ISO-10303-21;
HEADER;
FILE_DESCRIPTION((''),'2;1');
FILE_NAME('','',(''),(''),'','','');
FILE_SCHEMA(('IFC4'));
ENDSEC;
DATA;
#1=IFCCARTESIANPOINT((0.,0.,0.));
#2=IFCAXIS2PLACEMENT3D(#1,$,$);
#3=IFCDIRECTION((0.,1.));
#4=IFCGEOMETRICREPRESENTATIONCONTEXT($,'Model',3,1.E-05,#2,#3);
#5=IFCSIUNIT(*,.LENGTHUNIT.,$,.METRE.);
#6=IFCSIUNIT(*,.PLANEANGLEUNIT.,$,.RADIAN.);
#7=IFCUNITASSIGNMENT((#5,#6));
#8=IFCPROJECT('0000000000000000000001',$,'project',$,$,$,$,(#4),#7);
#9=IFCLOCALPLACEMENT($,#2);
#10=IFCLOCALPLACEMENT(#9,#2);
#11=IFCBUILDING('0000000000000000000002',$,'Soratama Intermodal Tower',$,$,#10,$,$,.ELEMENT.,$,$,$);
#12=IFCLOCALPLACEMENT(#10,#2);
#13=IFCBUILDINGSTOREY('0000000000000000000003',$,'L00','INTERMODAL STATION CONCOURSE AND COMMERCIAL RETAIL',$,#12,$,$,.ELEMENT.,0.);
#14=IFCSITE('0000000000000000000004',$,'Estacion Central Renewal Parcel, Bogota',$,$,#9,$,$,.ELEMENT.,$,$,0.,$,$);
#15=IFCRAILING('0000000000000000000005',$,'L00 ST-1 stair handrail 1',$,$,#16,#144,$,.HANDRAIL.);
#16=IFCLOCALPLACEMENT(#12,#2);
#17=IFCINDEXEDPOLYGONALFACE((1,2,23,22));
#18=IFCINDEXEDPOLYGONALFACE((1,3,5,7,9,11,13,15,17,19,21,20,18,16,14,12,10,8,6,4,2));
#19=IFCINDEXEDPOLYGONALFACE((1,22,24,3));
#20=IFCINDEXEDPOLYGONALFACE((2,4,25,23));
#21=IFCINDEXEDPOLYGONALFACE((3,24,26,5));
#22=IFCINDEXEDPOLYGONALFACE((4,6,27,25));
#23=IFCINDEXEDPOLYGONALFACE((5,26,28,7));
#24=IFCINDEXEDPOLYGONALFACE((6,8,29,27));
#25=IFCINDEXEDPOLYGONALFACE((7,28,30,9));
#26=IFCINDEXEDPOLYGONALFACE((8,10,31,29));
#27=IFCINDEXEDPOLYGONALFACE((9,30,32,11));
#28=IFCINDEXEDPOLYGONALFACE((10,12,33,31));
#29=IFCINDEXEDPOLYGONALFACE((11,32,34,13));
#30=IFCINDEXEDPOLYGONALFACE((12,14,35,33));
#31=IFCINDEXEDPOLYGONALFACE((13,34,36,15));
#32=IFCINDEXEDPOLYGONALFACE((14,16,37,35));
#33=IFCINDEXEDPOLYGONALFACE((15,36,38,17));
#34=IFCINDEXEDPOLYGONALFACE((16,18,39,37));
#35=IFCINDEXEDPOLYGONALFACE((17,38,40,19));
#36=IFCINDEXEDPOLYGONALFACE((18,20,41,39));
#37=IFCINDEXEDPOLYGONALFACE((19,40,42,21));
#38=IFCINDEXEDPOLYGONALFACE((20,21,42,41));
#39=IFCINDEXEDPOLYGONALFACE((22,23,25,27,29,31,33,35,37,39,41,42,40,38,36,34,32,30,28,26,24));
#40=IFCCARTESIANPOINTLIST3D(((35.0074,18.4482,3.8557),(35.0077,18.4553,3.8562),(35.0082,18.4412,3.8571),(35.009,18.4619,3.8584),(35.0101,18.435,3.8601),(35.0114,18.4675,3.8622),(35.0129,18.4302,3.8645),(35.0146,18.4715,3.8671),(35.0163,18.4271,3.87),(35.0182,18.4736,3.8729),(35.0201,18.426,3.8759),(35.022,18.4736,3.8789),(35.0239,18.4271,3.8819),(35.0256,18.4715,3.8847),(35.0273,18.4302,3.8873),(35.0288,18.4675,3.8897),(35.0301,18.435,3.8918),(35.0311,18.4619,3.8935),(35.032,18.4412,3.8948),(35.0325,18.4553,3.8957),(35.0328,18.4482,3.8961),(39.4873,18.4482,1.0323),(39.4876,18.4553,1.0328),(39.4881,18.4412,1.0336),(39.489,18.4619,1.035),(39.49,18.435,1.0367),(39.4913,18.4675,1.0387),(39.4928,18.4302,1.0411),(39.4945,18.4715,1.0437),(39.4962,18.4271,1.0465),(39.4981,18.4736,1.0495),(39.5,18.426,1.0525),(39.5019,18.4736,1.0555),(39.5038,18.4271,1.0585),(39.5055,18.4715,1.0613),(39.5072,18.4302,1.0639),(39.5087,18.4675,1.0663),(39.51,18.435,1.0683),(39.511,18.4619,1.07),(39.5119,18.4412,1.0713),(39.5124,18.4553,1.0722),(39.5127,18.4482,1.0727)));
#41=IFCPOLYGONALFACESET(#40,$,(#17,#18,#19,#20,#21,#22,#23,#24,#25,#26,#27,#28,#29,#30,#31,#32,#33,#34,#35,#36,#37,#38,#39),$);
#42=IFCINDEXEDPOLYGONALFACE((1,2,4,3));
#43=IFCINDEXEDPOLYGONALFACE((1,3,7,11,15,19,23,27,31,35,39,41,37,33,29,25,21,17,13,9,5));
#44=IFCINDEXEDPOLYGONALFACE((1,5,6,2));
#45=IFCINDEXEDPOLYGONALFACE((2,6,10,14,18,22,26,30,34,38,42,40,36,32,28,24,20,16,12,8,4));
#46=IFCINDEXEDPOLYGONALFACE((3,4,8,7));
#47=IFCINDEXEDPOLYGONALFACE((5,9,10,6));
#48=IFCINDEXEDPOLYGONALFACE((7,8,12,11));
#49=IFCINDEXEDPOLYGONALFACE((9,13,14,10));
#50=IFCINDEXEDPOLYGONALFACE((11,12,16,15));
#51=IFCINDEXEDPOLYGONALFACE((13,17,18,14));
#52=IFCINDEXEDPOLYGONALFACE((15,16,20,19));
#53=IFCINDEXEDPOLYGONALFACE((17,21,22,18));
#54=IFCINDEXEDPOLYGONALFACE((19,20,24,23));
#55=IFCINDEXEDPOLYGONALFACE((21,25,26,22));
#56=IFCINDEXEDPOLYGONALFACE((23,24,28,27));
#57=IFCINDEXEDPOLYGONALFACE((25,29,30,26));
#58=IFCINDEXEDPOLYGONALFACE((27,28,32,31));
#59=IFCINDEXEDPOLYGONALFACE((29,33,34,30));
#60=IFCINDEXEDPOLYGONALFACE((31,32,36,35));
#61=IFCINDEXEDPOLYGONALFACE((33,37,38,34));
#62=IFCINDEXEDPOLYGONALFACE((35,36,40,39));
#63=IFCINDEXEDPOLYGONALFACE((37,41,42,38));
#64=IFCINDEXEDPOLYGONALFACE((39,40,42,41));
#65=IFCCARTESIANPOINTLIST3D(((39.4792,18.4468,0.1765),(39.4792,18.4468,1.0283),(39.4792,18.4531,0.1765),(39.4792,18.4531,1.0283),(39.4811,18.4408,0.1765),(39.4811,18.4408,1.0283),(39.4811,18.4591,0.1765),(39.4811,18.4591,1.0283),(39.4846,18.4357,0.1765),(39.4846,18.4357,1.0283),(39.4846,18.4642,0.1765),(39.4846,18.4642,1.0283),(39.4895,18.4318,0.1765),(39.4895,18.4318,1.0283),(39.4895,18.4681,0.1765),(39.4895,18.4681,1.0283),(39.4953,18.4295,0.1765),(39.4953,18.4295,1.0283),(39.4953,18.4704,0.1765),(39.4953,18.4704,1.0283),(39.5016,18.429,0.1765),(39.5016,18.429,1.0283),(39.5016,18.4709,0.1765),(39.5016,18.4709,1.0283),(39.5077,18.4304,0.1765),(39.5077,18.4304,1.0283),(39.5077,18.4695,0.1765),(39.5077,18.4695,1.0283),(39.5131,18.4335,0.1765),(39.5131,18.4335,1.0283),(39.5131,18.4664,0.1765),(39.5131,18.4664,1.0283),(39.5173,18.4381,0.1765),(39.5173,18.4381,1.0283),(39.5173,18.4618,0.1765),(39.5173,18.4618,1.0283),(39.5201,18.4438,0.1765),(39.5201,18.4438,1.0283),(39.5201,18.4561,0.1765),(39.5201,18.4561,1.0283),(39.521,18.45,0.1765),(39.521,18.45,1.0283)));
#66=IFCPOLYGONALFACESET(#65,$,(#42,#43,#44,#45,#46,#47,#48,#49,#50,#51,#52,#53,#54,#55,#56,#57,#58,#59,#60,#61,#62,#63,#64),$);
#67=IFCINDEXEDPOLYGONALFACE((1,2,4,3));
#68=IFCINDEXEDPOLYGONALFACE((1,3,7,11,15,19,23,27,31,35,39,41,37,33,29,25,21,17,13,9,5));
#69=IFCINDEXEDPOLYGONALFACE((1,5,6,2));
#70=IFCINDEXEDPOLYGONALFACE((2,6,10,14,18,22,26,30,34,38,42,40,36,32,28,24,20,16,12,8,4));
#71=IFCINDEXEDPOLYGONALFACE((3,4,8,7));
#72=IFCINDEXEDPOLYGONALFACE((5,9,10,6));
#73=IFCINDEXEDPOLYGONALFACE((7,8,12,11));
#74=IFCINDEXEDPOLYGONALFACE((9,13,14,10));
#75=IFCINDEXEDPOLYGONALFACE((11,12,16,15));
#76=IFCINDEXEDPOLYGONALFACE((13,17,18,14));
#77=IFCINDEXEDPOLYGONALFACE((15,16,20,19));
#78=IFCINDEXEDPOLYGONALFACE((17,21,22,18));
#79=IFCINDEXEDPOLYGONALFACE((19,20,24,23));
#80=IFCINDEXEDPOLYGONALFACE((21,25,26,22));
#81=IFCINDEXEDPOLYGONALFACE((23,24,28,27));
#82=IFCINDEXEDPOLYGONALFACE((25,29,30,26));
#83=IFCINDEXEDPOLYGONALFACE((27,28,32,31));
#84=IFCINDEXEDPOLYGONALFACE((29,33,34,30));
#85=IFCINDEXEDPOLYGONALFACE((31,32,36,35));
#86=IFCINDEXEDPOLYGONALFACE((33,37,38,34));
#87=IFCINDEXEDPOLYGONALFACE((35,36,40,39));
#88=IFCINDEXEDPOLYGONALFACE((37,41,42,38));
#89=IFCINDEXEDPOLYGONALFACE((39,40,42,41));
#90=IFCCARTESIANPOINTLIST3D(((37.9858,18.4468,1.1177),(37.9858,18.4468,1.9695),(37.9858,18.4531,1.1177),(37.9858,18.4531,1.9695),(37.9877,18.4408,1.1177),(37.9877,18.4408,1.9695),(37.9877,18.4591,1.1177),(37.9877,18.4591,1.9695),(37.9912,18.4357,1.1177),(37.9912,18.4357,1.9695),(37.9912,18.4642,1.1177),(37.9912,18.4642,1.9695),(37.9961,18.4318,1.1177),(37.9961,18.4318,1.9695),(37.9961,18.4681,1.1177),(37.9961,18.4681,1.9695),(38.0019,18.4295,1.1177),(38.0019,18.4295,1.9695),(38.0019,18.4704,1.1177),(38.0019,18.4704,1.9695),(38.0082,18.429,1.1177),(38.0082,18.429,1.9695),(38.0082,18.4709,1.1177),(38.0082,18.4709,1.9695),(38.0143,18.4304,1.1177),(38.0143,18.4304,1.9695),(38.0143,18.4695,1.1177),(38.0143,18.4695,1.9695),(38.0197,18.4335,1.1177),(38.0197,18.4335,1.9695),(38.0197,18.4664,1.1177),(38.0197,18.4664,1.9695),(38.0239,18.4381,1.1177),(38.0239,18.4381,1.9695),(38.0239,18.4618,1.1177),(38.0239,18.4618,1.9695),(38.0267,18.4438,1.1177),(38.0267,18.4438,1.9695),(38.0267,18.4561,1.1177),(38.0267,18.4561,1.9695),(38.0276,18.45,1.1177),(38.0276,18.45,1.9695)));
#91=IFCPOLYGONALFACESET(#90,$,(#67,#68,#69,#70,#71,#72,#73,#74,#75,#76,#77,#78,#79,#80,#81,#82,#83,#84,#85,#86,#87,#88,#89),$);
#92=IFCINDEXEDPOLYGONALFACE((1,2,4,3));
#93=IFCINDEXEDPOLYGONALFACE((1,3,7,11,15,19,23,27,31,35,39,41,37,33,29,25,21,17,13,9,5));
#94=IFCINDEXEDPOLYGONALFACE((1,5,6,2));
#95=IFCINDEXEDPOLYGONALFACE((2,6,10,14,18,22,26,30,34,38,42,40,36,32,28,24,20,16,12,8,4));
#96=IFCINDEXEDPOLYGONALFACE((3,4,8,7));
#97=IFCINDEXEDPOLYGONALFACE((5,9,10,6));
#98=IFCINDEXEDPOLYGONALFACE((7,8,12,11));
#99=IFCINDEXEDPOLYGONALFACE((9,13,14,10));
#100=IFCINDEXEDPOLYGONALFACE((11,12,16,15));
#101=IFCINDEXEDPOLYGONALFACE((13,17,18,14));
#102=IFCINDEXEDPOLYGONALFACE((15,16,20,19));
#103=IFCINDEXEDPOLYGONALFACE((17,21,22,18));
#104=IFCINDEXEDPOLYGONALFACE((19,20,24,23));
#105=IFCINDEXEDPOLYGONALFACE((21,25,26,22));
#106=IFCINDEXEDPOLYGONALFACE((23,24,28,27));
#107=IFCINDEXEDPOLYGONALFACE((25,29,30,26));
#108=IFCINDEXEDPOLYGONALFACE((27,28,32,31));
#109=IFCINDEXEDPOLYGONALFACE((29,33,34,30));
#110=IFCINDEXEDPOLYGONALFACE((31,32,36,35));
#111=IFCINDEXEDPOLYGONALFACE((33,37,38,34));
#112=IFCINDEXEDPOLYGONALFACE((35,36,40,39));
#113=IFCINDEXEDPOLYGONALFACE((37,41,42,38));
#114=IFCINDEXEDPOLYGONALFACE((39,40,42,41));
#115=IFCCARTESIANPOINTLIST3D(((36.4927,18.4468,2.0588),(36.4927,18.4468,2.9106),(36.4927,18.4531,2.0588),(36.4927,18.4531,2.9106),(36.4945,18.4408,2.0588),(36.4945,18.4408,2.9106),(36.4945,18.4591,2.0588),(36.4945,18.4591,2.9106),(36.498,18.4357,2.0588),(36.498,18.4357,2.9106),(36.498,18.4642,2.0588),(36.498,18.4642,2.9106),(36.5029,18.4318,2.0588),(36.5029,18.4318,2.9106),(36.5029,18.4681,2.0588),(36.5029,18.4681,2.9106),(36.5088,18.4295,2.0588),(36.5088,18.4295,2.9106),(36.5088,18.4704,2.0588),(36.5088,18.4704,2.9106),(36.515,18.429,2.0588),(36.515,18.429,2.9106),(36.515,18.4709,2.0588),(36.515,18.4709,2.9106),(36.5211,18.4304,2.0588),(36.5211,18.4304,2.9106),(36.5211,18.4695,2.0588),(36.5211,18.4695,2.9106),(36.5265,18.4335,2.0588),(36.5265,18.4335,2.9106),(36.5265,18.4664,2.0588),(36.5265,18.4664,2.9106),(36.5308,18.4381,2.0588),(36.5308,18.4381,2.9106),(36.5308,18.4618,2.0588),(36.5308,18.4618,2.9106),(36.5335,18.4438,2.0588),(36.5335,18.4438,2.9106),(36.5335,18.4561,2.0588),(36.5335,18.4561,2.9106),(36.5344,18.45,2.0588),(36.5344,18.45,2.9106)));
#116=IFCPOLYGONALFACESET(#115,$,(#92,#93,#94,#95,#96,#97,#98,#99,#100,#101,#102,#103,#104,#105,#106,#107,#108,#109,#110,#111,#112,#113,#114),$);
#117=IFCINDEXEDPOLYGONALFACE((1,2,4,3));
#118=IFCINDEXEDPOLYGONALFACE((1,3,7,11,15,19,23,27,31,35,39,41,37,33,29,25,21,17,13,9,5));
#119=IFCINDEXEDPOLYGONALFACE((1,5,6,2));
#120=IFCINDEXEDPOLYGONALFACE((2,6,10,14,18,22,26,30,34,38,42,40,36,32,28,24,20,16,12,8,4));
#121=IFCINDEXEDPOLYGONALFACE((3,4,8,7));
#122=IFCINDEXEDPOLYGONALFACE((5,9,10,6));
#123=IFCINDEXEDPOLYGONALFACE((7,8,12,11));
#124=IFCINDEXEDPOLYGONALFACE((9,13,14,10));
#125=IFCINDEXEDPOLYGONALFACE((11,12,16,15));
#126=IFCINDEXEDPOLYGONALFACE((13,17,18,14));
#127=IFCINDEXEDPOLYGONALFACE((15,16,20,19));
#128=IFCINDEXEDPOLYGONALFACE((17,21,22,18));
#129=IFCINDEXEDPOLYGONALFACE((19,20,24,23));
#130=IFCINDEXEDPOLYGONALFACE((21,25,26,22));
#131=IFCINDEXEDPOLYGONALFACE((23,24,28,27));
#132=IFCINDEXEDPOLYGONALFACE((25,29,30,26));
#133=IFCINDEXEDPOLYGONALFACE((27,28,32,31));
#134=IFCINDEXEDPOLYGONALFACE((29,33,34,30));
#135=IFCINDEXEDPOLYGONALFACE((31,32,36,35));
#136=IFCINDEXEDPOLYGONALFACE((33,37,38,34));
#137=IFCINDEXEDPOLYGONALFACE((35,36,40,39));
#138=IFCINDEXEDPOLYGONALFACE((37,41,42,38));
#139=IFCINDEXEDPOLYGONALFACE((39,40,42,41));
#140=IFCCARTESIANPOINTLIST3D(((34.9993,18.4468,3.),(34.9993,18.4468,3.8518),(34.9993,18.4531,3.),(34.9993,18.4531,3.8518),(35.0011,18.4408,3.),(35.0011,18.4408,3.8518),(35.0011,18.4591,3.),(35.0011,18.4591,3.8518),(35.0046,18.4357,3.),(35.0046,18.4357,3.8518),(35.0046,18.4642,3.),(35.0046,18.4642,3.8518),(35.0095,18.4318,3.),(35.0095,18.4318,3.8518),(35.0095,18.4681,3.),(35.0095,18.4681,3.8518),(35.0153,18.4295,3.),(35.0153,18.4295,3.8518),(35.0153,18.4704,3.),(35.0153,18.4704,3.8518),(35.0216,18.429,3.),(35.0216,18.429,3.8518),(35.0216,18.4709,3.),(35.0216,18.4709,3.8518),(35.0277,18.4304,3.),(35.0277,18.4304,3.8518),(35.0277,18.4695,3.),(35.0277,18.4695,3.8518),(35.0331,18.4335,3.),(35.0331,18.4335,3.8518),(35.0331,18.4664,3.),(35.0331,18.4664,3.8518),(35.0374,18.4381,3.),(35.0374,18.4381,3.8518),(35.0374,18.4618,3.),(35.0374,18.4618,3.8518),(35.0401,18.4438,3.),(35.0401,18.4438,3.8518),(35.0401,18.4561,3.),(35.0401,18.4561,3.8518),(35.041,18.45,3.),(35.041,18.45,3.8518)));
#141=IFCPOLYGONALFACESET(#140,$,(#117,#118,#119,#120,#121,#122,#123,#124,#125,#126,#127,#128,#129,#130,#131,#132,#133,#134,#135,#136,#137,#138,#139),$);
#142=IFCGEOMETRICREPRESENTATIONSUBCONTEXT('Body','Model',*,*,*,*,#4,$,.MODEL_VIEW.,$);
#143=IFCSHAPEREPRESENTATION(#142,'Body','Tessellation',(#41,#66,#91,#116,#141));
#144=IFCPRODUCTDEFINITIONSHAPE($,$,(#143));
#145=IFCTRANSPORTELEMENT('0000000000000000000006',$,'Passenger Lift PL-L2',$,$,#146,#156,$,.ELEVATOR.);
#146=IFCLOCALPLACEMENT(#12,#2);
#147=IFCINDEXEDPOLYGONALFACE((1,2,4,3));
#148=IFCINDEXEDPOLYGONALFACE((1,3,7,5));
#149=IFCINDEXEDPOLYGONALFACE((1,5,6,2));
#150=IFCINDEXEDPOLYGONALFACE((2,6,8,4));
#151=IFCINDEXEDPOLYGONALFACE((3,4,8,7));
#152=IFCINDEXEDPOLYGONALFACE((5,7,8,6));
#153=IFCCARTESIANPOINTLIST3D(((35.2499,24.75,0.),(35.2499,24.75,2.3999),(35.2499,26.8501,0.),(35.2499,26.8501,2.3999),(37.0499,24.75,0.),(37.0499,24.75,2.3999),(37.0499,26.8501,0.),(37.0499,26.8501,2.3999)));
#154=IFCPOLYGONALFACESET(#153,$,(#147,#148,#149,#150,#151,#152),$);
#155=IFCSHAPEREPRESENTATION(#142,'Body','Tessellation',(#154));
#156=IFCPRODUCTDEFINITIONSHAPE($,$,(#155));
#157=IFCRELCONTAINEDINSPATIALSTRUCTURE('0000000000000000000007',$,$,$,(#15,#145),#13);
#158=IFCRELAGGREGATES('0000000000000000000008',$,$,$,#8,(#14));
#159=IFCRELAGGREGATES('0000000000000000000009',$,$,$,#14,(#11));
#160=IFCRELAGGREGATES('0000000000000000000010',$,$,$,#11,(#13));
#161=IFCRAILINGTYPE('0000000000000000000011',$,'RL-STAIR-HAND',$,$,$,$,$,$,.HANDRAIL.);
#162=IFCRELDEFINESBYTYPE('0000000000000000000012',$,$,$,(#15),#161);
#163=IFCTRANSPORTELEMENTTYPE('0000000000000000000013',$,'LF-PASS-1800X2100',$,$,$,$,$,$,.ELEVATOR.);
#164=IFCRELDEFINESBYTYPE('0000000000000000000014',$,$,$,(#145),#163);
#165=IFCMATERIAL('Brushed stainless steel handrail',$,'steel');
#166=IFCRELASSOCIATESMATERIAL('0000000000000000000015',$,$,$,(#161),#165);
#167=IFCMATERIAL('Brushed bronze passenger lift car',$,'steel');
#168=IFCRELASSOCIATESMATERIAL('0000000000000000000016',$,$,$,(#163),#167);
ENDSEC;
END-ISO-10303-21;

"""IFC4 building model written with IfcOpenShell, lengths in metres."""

from ifc_helpers import new_model, si_unit, direction, frame, origin, origin_2d, place, context, subcontext, project, spatial, rectangle, circle, extrude, material, type_object, element, save


model = new_model("IFC4")

# Units and contexts
model_context = context("Model", 3, precision=1e-05, world=origin(), true_north=direction((0.0, 1.0)))
body_context = subcontext(model_context, "Body", "Model", "MODEL_VIEW")
ifc_project = project(units=[si_unit("LENGTHUNIT", "METRE"), si_unit("PLANEANGLEUNIT", "RADIAN")], contexts=[model_context])

# Site, building, storey
site_placement = place(None, origin())
site = spatial("IfcSite", under=ifc_project, at=site_placement, Name="Estacion Central Renewal Parcel, Bogota", CompositionType="ELEMENT", RefElevation=0.0)
building_placement = place(site_placement, origin())
building = spatial("IfcBuilding", under=site, at=building_placement, Name="Soratama Intermodal Tower", CompositionType="ELEMENT")
storey_placement = place(building_placement, origin())
storey = spatial("IfcBuildingStorey", under=building, at=storey_placement, Name="L00", Description="INTERMODAL STATION CONCOURSE AND COMMERCIAL RETAIL", CompositionType="ELEMENT", Elevation=0.0)

# Railing
ifc_material_1 = material(Name="Brushed stainless steel handrail", Category="steel")
railing_type_1 = type_object("IfcRailingType", Name="RL-STAIR-HAND", PredefinedType="HANDRAIL", material=ifc_material_1)
railing_1_placement = place(storey_placement, frame((39.5, 18.45, 0.1765)))
element("IfcRailing", 1, at=railing_1_placement, inside=storey, type_object=railing_type_1, Name="L00 ST-1 stair handrail 1", PredefinedType="HANDRAIL", context=body_context, shape_type="SweptSolid", body=[
    extrude(circle(Radius=0.0239, at=origin_2d()), frame((0.0, 0.0, 0.876), z_axis=(-0.845998, 0.0, 0.533186), x_axis=(0.0, -1.0, 0.0)), (0.0, 0.0, 1.0), 5.2954),
    extrude(circle(Radius=0.021, at=origin_2d()), origin(), (0.0, 0.0, 1.0), 0.8518),
    extrude(circle(Radius=0.021, at=origin_2d()), frame((-1.4934, 0.0, 0.9412)), (0.0, 0.0, 1.0), 0.8518),
    extrude(circle(Radius=0.021, at=origin_2d()), frame((-2.9866, 0.0, 1.8823)), (0.0, 0.0, 1.0), 0.8518),
    extrude(circle(Radius=0.021, at=origin_2d()), frame((-4.48, 0.0, 2.8235)), (0.0, 0.0, 1.0), 0.8518),
])

# Transport element
ifc_material_2 = material(Name="Brushed bronze passenger lift car", Category="steel")
transport_element_type = type_object("IfcTransportElementType", Name="LF-PASS-1800X2100", PredefinedType="ELEVATOR", material=ifc_material_2)
transport_element_placement = place(storey_placement, frame((36.1499, 25.8, 0.0), z_axis=(0.0, 0.0, 1.0), x_axis=(1.0, 0.0, 0.0)))
element("IfcTransportElement", 2, at=transport_element_placement, inside=storey, type_object=transport_element_type, Name="Passenger Lift PL-L2", PredefinedType="ELEVATOR", context=body_context, shape_type="SweptSolid", body=[
    extrude(rectangle(XDim=1.8, YDim=2.1001, at=origin_2d()), origin(), (0.0, 0.0, 1.0), 2.3999),
])

save(model, "model.ifc")
